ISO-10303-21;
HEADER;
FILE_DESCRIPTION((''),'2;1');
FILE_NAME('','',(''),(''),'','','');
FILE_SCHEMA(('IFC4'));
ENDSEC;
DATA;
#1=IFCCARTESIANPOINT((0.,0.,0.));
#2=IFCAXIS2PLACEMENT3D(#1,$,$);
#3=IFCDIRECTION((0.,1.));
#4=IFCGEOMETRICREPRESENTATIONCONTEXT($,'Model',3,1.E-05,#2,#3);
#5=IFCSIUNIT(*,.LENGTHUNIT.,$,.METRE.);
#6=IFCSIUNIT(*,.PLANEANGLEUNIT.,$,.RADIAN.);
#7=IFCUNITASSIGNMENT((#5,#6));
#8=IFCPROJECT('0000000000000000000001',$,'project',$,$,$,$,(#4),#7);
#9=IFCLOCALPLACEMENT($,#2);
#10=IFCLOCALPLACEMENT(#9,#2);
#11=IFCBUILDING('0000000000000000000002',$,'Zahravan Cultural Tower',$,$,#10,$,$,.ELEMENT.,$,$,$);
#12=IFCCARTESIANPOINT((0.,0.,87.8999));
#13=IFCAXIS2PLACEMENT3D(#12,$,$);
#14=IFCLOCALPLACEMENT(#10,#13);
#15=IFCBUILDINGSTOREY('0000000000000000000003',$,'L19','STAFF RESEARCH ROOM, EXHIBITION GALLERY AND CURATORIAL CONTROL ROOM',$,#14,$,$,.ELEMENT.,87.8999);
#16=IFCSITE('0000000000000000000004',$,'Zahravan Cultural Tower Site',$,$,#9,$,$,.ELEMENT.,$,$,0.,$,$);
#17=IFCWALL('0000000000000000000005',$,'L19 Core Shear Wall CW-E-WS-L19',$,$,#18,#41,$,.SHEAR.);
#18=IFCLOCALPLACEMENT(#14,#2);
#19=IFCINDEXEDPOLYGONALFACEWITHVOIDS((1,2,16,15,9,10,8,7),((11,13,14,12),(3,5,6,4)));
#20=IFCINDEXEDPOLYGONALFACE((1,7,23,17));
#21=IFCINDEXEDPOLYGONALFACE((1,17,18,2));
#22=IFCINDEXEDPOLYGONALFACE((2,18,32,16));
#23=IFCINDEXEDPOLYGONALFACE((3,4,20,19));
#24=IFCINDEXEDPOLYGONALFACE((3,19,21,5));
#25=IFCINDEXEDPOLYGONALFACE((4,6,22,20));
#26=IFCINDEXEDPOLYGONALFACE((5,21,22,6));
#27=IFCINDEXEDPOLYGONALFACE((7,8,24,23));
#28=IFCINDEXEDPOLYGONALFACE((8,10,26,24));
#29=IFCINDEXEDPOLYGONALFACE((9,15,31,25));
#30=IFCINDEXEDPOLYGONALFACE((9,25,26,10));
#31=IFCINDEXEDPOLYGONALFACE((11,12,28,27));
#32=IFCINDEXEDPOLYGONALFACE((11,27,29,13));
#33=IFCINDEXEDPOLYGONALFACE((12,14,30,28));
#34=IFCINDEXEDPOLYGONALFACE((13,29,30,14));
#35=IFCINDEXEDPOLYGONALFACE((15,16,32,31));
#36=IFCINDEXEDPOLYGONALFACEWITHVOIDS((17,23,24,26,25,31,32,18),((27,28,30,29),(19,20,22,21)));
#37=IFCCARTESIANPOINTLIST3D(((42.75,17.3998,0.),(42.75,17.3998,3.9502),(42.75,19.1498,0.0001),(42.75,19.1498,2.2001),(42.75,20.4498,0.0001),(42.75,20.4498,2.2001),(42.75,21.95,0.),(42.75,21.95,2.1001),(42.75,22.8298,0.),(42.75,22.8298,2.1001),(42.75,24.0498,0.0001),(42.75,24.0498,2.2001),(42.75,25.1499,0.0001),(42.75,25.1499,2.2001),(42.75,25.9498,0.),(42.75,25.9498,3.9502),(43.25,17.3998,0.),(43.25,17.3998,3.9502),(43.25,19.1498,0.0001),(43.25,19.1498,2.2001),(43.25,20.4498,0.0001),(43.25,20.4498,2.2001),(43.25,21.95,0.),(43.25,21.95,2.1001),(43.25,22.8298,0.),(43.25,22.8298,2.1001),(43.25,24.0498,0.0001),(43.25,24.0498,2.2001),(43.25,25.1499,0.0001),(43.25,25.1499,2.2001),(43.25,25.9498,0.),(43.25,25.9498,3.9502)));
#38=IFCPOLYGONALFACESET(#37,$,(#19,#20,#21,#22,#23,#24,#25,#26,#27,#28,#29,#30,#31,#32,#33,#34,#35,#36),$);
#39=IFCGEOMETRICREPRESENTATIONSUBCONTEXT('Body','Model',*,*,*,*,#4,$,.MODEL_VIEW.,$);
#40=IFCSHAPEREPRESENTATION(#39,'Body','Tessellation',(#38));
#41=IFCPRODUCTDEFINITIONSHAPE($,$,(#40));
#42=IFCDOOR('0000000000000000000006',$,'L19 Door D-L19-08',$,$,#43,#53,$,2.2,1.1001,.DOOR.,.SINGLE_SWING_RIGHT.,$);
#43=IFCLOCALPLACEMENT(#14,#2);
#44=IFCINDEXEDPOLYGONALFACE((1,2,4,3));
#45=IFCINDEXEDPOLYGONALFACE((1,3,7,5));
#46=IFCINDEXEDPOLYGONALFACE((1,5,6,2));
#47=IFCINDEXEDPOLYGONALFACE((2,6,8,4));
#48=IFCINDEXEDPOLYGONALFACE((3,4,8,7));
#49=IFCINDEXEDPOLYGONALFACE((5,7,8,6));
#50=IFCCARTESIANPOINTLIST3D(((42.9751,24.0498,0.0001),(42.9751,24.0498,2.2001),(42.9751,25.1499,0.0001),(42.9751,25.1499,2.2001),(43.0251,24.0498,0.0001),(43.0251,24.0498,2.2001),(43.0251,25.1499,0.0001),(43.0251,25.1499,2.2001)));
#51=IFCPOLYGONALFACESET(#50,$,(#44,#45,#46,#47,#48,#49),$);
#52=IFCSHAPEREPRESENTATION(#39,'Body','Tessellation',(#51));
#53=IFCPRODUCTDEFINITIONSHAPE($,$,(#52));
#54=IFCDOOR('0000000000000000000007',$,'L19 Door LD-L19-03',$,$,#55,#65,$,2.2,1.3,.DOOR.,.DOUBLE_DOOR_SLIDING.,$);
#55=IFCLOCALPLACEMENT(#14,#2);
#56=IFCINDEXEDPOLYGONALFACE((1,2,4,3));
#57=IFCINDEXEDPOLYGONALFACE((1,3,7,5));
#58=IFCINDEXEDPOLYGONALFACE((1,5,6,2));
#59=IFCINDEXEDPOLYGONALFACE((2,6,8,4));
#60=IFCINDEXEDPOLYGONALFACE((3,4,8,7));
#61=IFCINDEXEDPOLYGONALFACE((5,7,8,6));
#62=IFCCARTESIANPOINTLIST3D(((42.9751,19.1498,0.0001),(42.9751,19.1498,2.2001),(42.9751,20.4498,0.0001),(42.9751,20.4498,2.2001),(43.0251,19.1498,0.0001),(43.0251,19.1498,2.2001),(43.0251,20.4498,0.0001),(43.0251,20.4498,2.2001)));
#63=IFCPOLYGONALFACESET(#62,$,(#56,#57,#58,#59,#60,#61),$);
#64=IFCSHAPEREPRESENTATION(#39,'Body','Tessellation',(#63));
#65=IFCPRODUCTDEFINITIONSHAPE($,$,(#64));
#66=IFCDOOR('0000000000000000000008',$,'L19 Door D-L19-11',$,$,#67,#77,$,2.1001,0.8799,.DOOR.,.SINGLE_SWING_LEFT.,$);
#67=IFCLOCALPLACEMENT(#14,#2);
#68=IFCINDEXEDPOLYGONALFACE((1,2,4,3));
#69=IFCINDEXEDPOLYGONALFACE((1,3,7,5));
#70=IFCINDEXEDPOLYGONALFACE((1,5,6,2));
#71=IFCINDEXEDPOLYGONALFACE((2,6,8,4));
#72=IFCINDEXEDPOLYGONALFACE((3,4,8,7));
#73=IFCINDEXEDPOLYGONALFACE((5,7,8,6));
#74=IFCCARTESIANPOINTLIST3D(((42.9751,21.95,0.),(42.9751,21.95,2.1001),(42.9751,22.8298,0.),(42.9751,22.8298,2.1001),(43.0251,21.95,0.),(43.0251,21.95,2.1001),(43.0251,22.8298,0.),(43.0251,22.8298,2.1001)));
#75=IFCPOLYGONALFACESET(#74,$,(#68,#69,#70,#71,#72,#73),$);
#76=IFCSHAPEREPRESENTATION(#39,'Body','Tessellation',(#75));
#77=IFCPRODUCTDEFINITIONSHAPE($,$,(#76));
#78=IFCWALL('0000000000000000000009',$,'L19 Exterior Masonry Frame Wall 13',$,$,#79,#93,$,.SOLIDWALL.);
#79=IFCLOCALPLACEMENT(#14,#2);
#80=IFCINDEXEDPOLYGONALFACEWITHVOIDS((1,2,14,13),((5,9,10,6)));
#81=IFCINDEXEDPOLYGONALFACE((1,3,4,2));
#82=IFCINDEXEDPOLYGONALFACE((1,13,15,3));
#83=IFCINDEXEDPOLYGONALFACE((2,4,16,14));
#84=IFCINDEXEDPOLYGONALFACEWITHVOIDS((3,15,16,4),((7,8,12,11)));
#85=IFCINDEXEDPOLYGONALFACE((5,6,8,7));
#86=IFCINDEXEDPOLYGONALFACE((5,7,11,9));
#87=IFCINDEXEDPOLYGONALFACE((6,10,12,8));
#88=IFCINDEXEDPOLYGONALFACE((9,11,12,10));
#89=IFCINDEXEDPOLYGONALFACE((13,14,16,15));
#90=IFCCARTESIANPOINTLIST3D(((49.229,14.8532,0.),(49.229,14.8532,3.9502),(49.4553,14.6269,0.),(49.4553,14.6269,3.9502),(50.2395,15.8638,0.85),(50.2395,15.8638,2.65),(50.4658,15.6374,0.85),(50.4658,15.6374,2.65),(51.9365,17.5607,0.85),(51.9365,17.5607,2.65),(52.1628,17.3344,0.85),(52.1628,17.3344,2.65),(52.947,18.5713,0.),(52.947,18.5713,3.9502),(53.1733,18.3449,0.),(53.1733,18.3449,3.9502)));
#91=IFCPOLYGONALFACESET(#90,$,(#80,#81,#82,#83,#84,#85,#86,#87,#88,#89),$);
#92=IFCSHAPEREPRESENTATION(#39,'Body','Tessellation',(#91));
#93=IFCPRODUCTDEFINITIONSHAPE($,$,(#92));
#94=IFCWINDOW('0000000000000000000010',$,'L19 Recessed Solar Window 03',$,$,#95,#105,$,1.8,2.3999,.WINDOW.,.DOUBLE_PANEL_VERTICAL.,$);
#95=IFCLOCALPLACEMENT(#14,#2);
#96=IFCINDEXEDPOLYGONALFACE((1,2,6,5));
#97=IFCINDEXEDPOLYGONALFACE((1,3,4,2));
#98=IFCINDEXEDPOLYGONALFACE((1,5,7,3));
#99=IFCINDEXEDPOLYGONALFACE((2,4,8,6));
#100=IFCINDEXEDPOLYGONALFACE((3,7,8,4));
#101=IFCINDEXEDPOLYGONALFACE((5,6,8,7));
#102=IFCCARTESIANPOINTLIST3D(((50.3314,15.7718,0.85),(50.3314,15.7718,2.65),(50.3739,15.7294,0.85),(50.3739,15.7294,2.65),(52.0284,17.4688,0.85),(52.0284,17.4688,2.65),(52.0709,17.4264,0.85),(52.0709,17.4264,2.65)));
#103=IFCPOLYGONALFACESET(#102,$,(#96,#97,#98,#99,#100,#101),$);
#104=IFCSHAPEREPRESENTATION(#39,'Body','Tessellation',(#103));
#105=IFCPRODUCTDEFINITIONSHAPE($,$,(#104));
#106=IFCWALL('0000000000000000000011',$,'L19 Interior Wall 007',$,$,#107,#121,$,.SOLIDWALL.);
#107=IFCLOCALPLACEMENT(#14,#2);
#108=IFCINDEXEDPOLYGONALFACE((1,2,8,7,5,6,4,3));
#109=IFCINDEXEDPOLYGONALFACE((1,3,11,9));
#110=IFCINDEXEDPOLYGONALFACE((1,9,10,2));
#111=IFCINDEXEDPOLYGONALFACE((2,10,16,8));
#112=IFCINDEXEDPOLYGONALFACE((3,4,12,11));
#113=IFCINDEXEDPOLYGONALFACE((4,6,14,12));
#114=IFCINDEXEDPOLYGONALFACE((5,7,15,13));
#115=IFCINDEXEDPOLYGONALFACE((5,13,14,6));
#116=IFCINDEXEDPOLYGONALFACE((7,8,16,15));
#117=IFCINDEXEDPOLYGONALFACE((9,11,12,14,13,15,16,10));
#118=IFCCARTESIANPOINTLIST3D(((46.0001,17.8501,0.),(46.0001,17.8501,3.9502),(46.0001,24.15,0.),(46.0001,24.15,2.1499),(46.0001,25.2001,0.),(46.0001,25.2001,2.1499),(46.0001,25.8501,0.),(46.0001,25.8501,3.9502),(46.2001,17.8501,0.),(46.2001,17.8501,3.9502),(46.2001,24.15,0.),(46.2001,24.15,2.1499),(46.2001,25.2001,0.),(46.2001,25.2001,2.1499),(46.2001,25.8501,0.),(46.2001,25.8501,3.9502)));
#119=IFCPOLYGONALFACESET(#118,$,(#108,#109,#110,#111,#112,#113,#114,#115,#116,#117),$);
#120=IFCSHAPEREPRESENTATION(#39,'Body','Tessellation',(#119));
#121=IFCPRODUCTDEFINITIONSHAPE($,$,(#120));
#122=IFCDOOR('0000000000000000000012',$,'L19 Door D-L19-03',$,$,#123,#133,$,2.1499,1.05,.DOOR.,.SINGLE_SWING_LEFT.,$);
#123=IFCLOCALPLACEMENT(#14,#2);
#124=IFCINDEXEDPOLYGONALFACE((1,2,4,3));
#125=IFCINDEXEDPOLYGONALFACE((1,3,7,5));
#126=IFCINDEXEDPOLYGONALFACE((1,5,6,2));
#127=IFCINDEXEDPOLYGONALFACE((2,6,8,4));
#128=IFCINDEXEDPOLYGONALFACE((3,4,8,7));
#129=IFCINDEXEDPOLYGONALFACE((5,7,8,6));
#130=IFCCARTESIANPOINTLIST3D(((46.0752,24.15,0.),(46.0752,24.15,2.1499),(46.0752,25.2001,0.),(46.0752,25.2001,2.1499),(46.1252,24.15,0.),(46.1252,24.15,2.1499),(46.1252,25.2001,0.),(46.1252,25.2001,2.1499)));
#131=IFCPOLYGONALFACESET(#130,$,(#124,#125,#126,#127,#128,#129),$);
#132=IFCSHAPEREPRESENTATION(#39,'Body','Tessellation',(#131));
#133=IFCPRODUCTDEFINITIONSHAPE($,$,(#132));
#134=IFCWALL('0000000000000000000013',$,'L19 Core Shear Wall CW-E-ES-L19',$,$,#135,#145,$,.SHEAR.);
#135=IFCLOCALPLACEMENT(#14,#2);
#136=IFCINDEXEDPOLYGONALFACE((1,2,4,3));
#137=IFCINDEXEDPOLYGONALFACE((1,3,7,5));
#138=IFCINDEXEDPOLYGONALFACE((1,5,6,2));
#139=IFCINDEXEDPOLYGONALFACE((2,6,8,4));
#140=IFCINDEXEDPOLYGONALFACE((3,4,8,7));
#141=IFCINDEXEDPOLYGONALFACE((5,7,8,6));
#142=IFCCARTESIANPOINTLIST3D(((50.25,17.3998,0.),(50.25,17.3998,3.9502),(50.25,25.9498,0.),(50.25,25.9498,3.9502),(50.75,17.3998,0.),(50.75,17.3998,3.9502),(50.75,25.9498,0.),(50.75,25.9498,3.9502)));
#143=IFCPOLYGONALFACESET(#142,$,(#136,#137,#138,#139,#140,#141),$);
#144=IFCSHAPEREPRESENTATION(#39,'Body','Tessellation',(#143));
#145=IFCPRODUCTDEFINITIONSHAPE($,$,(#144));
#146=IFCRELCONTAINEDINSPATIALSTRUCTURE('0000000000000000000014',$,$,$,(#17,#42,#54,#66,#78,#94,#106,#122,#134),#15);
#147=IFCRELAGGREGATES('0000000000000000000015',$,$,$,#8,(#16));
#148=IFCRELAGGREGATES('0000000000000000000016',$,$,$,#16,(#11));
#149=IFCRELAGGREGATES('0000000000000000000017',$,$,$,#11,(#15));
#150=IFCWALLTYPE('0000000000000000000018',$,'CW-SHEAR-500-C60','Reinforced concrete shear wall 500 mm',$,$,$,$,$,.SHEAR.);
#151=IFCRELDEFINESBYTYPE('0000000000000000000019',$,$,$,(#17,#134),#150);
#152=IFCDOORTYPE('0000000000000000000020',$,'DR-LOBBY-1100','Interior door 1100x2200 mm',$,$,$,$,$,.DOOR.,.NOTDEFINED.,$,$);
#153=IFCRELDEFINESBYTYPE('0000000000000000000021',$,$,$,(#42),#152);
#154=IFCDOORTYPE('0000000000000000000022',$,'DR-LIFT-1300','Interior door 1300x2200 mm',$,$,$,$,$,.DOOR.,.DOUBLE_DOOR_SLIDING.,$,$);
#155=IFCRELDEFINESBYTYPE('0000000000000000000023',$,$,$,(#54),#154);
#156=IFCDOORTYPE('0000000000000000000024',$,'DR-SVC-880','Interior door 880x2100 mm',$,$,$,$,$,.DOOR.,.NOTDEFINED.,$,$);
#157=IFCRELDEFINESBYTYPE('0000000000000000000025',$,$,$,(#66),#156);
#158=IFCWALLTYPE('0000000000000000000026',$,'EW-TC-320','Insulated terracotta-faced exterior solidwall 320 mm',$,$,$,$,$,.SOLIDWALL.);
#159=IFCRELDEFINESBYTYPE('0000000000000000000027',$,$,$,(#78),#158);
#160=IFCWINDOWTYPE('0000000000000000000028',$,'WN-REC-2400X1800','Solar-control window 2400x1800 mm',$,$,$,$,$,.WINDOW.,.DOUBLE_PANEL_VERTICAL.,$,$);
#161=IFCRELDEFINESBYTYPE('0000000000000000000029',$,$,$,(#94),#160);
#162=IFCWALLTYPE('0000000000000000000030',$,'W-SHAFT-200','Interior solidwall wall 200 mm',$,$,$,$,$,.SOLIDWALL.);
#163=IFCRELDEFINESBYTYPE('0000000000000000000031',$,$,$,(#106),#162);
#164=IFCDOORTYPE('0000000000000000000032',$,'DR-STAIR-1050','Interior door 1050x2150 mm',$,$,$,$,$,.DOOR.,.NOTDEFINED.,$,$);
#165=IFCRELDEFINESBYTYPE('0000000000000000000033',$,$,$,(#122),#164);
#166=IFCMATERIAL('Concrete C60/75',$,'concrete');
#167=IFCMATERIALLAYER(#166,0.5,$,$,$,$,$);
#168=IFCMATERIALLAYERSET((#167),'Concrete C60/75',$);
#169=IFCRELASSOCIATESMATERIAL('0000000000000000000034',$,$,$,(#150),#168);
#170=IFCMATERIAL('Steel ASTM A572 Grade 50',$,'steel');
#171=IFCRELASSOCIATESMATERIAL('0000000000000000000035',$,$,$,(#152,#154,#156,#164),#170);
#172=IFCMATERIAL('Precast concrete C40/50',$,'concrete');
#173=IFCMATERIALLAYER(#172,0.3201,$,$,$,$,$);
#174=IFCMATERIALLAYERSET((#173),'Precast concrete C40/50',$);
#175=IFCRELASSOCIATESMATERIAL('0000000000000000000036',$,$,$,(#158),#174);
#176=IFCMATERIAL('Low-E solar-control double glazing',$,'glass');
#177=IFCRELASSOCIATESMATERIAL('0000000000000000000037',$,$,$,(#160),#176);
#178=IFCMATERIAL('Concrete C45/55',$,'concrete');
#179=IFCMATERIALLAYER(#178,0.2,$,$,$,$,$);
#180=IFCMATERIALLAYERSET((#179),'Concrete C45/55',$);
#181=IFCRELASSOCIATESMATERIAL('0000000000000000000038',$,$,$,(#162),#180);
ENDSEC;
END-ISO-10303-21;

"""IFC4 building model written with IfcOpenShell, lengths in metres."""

from ifc_helpers import new_model, si_unit, direction, frame, frame_2d, origin, place, context, subcontext, project, spatial, rectangle, extrude, source, transform, mapped, material, layer, layer_set, type_object, element, fill, save


model = new_model("IFC4")

# Units and contexts
model_context = context("Model", 3, precision=1e-05, world=origin(), true_north=direction((0.0, 1.0)))
body_context = subcontext(model_context, "Body", "Model", "MODEL_VIEW")
ifc_project = project(units=[si_unit("LENGTHUNIT", "METRE"), si_unit("PLANEANGLEUNIT", "RADIAN")], contexts=[model_context])

# Site, building, storey
site_placement = place(None, origin())
site = spatial("IfcSite", under=ifc_project, at=site_placement, Name="Zahravan Cultural Tower Site", CompositionType="ELEMENT", RefElevation=0.0)
building_placement = place(site_placement, origin())
building = spatial("IfcBuilding", under=site, at=building_placement, Name="Zahravan Cultural Tower", CompositionType="ELEMENT")
storey_placement = place(building_placement, frame((0.0, 0.0, 87.8999)))
storey = spatial("IfcBuildingStorey", under=building, at=storey_placement, Name="L19", Description="STAFF RESEARCH ROOM, EXHIBITION GALLERY AND CURATORIAL CONTROL ROOM", CompositionType="ELEMENT", Elevation=87.8999)

# Shared definitions
ifc_material_1 = material(Name="Concrete C60/75", Category="concrete")

# Wall, openings, doors
ifc_layer_1 = layer(ifc_material_1, 0.5)
ifc_layer_set_1 = layer_set([ifc_layer_1], Name="Concrete C60/75")
wall_type_1 = type_object("IfcWallType", Name="CW-SHEAR-500-C60", Description="Reinforced concrete shear wall 500 mm", PredefinedType="SHEAR", material=ifc_layer_set_1)
wall_1_placement = place(storey_placement, frame((43.0, 17.3999, 0.0), z_axis=(0.0, 0.0, 1.0), x_axis=(0.0, 1.0, 0.0)))
wall_1 = element("IfcWall", 1, at=wall_1_placement, inside=storey, type_object=wall_type_1, Name="L19 Core Shear Wall CW-E-WS-L19", PredefinedType="SHEAR", context=body_context, shape_type="SweptSolid", body=[
    extrude(rectangle(XDim=8.55, YDim=0.5, at=frame_2d((4.2749, 0.0))), origin(), (0.0, 0.0, 1.0), 3.9502),
])
opening_1_placement = place(wall_1_placement, frame((6.6499, 0.0, 0.0)))
opening_1 = element("IfcOpeningElement", 2, at=opening_1_placement, cuts=wall_1, PredefinedType="OPENING", context=body_context, shape_type="SweptSolid", body=[
    extrude(rectangle(XDim=1.1001, YDim=2.2, at=frame_2d((0.55, 1.1001))), frame((0.0, 0.26, 0.0), z_axis=(0.0, -1.0, 0.0), x_axis=(1.0, 0.0, 0.0)), (0.0, 0.0, 1.0), 0.52),
])
opening_2_placement = place(wall_1_placement, frame((1.75, 0.0, 0.0)))
opening_2 = element("IfcOpeningElement", 3, at=opening_2_placement, cuts=wall_1, PredefinedType="OPENING", context=body_context, shape_type="SweptSolid", body=[
    extrude(rectangle(XDim=1.3, YDim=2.2, at=frame_2d((0.6499, 1.1001))), frame((0.0, 0.26, 0.0), z_axis=(0.0, -1.0, 0.0), x_axis=(1.0, 0.0, 0.0)), (0.0, 0.0, 1.0), 0.52),
])
opening_3_placement = place(wall_1_placement, frame((4.55, 0.0, 0.0)))
opening_3 = element("IfcOpeningElement", 4, at=opening_3_placement, cuts=wall_1, PredefinedType="OPENING", context=body_context, shape_type="SweptSolid", body=[
    extrude(rectangle(XDim=0.8799, YDim=2.1001, at=frame_2d((0.4399, 1.05))), frame((0.0, 0.26, 0.0), z_axis=(0.0, -1.0, 0.0), x_axis=(1.0, 0.0, 0.0)), (0.0, 0.0, 1.0), 0.52),
])
ifc_material_2 = material(Name="Steel ASTM A572 Grade 50", Category="steel")
door_type_1 = type_object("IfcDoorType", Name="DR-LOBBY-1100", Description="Interior door 1100x2200 mm", OperationType="NOTDEFINED", PredefinedType="DOOR", material=ifc_material_2)
shared_shape_1 = source(origin(), body_context, "Body", "SweptSolid", [
    extrude(rectangle(XDim=1.1001, YDim=2.2, at=frame_2d((0.55, 1.1001))), frame((0.0, 0.0249, 0.0), z_axis=(0.0, -1.0, 0.0), x_axis=(1.0, 0.0, 0.0)), (0.0, 0.0, 1.0), 0.05),
])
door_1_placement = place(opening_1_placement, origin())
door_1 = element("IfcDoor", 5, at=door_1_placement, inside=storey, type_object=door_type_1, Name="L19 Door D-L19-08", OperationType="SINGLE_SWING_RIGHT", OverallHeight=2.2, OverallWidth=1.1001, PredefinedType="DOOR", context=body_context, shape_type="MappedRepresentation", body=[
    mapped(shared_shape_1, transform((0.0, 0.0, 0.0), x_axis=(1.0, 0.0, 0.0), y_axis=(0.0, 1.0, 0.0), z_axis=(0.0, 0.0, 1.0), scale=1.0)),
])
fill(opening_1, door_1)
door_type_2 = type_object("IfcDoorType", Name="DR-LIFT-1300", Description="Interior door 1300x2200 mm", OperationType="DOUBLE_DOOR_SLIDING", PredefinedType="DOOR", material=ifc_material_2)
shared_shape_2 = source(origin(), body_context, "Body", "SweptSolid", [
    extrude(rectangle(XDim=1.3, YDim=2.2, at=frame_2d((0.6499, 1.1001))), frame((0.0, 0.0249, 0.0), z_axis=(0.0, -1.0, 0.0), x_axis=(1.0, 0.0, 0.0)), (0.0, 0.0, 1.0), 0.05),
])
door_2_placement = place(opening_2_placement, origin())
door_2 = element("IfcDoor", 6, at=door_2_placement, inside=storey, type_object=door_type_2, Name="L19 Door LD-L19-03", OperationType="DOUBLE_DOOR_SLIDING", OverallHeight=2.2, OverallWidth=1.3, PredefinedType="DOOR", context=body_context, shape_type="MappedRepresentation", body=[
    mapped(shared_shape_2, transform((0.0, 0.0, 0.0), x_axis=(1.0, 0.0, 0.0), y_axis=(0.0, 1.0, 0.0), z_axis=(0.0, 0.0, 1.0), scale=1.0)),
])
fill(opening_2, door_2)
door_type_3 = type_object("IfcDoorType", Name="DR-SVC-880", Description="Interior door 880x2100 mm", OperationType="NOTDEFINED", PredefinedType="DOOR", material=ifc_material_2)
shared_shape_3 = source(origin(), body_context, "Body", "SweptSolid", [
    extrude(rectangle(XDim=0.8799, YDim=2.1001, at=frame_2d((0.4399, 1.05))), frame((0.0, 0.0249, 0.0), z_axis=(0.0, -1.0, 0.0), x_axis=(1.0, 0.0, 0.0)), (0.0, 0.0, 1.0), 0.05),
])
door_3_placement = place(opening_3_placement, origin())
door_3 = element("IfcDoor", 7, at=door_3_placement, inside=storey, type_object=door_type_3, Name="L19 Door D-L19-11", OperationType="SINGLE_SWING_LEFT", OverallHeight=2.1001, OverallWidth=0.8799, PredefinedType="DOOR", context=body_context, shape_type="MappedRepresentation", body=[
    mapped(shared_shape_3, transform((0.0, 0.0, 0.0), x_axis=(1.0, 0.0, 0.0), y_axis=(0.0, 1.0, 0.0), z_axis=(0.0, 0.0, 1.0), scale=1.0)),
])
fill(opening_3, door_3)

# Wall, opening, window
ifc_material_3 = material(Name="Precast concrete C40/50", Category="concrete")
ifc_layer_2 = layer(ifc_material_3, 0.3201)
ifc_layer_set_2 = layer_set([ifc_layer_2], Name="Precast concrete C40/50")
wall_type_2 = type_object("IfcWallType", Name="EW-TC-320", Description="Insulated terracotta-faced exterior solidwall 320 mm", PredefinedType="SOLIDWALL", material=ifc_layer_set_2)
wall_2_placement = place(storey_placement, frame((53.0601, 18.458, 0.0), z_axis=(0.0, 0.0, 1.0), x_axis=(-0.707107, -0.707107, 0.0)))
wall_2 = element("IfcWall", 8, at=wall_2_placement, inside=storey, type_object=wall_type_2, Name="L19 Exterior Masonry Frame Wall 13", PredefinedType="SOLIDWALL", context=body_context, shape_type="SweptSolid", body=[
    extrude(rectangle(XDim=5.2581, YDim=0.3201, at=frame_2d((2.6289, 0.0))), origin(), (0.0, 0.0, 1.0), 3.9502),
])
opening_4_placement = place(wall_2_placement, frame((1.429, 0.0, 0.8501)))
opening_4 = element("IfcOpeningElement", 9, at=opening_4_placement, cuts=wall_2, PredefinedType="OPENING", context=body_context, shape_type="SweptSolid", body=[
    extrude(rectangle(XDim=2.3999, YDim=1.8, at=frame_2d((1.2, 0.8999))), frame((0.0, 0.1699, 0.0), z_axis=(0.0, -1.0, 0.0), x_axis=(1.0, 0.0, 0.0)), (0.0, 0.0, 1.0), 0.3401),
])
ifc_material_4 = material(Name="Low-E solar-control double glazing", Category="glass")
window_type = type_object("IfcWindowType", Name="WN-REC-2400X1800", Description="Solar-control window 2400x1800 mm", PartitioningType="DOUBLE_PANEL_VERTICAL", PredefinedType="WINDOW", material=ifc_material_4)
shared_shape_4 = source(origin(), body_context, "Body", "SweptSolid", [
    extrude(rectangle(XDim=2.3999, YDim=1.8, at=frame_2d((1.2, 0.8999))), frame((0.0, 0.03, 0.0), z_axis=(0.0, -1.0, 0.0), x_axis=(1.0, 0.0, 0.0)), (0.0, 0.0, 1.0), 0.0601),
])
window_placement = place(opening_4_placement, origin())
window = element("IfcWindow", 10, at=window_placement, inside=storey, type_object=window_type, Name="L19 Recessed Solar Window 03", OverallHeight=1.8, OverallWidth=2.3999, PartitioningType="DOUBLE_PANEL_VERTICAL", PredefinedType="WINDOW", context=body_context, shape_type="MappedRepresentation", body=[
    mapped(shared_shape_4, transform((0.0, 0.0, 0.0), x_axis=(1.0, 0.0, 0.0), y_axis=(0.0, 1.0, 0.0), z_axis=(0.0, 0.0, 1.0), scale=1.0)),
])
fill(opening_4, window)

# Wall, opening, door
ifc_material_5 = material(Name="Concrete C45/55", Category="concrete")
ifc_layer_3 = layer(ifc_material_5, 0.2)
ifc_layer_set_3 = layer_set([ifc_layer_3], Name="Concrete C45/55")
wall_type_3 = type_object("IfcWallType", Name="W-SHAFT-200", Description="Interior solidwall wall 200 mm", PredefinedType="SOLIDWALL", material=ifc_layer_set_3)
wall_3_placement = place(storey_placement, frame((46.1001, 17.8501, 0.0), z_axis=(0.0, 0.0, 1.0), x_axis=(0.0, 1.0, 0.0)))
wall_3 = element("IfcWall", 11, at=wall_3_placement, inside=storey, type_object=wall_type_3, Name="L19 Interior Wall 007", PredefinedType="SOLIDWALL", context=body_context, shape_type="SweptSolid", body=[
    extrude(rectangle(XDim=8.0, YDim=0.2, at=frame_2d((4.0, 0.0))), origin(), (0.0, 0.0, 1.0), 3.9502),
])
opening_5_placement = place(wall_3_placement, frame((6.3, 0.0, 0.0)))
opening_5 = element("IfcOpeningElement", 12, at=opening_5_placement, cuts=wall_3, PredefinedType="OPENING", context=body_context, shape_type="SweptSolid", body=[
    extrude(rectangle(XDim=1.05, YDim=2.1499, at=frame_2d((0.5249, 1.075))), frame((0.0, 0.1099, 0.0), z_axis=(0.0, -1.0, 0.0), x_axis=(1.0, 0.0, 0.0)), (0.0, 0.0, 1.0), 0.22),
])
door_type_4 = type_object("IfcDoorType", Name="DR-STAIR-1050", Description="Interior door 1050x2150 mm", OperationType="NOTDEFINED", PredefinedType="DOOR", material=ifc_material_2)
shared_shape_5 = source(origin(), body_context, "Body", "SweptSolid", [
    extrude(rectangle(XDim=1.05, YDim=2.1499, at=frame_2d((0.5249, 1.075))), frame((0.0, 0.0249, 0.0), z_axis=(0.0, -1.0, 0.0), x_axis=(1.0, 0.0, 0.0)), (0.0, 0.0, 1.0), 0.05),
])
door_4_placement = place(opening_5_placement, origin())
door_4 = element("IfcDoor", 13, at=door_4_placement, inside=storey, type_object=door_type_4, Name="L19 Door D-L19-03", OperationType="SINGLE_SWING_LEFT", OverallHeight=2.1499, OverallWidth=1.05, PredefinedType="DOOR", context=body_context, shape_type="MappedRepresentation", body=[
    mapped(shared_shape_5, transform((0.0, 0.0, 0.0), x_axis=(1.0, 0.0, 0.0), y_axis=(0.0, 1.0, 0.0), z_axis=(0.0, 0.0, 1.0), scale=1.0)),
])
fill(opening_5, door_4)

# Wall
shared_shape_6 = source(origin(), body_context, "Body", "SweptSolid", [
    extrude(rectangle(XDim=8.55, YDim=0.5, at=frame_2d((4.2749, 0.0))), origin(), (0.0, 0.0, 1.0), 3.9502),
])
wall_4_placement = place(storey_placement, frame((50.5, 17.3999, 0.0), z_axis=(0.0, 0.0, 1.0), x_axis=(0.0, 1.0, 0.0)))
element("IfcWall", 14, at=wall_4_placement, inside=storey, type_object=wall_type_1, Name="L19 Core Shear Wall CW-E-ES-L19", PredefinedType="SHEAR", context=body_context, shape_type="MappedRepresentation", body=[
    mapped(shared_shape_6, transform((0.0, 0.0, 0.0), x_axis=(1.0, 0.0, 0.0), y_axis=(0.0, 1.0, 0.0), z_axis=(0.0, 0.0, 1.0), scale=1.0)),
])

save(model, "model.ifc")
